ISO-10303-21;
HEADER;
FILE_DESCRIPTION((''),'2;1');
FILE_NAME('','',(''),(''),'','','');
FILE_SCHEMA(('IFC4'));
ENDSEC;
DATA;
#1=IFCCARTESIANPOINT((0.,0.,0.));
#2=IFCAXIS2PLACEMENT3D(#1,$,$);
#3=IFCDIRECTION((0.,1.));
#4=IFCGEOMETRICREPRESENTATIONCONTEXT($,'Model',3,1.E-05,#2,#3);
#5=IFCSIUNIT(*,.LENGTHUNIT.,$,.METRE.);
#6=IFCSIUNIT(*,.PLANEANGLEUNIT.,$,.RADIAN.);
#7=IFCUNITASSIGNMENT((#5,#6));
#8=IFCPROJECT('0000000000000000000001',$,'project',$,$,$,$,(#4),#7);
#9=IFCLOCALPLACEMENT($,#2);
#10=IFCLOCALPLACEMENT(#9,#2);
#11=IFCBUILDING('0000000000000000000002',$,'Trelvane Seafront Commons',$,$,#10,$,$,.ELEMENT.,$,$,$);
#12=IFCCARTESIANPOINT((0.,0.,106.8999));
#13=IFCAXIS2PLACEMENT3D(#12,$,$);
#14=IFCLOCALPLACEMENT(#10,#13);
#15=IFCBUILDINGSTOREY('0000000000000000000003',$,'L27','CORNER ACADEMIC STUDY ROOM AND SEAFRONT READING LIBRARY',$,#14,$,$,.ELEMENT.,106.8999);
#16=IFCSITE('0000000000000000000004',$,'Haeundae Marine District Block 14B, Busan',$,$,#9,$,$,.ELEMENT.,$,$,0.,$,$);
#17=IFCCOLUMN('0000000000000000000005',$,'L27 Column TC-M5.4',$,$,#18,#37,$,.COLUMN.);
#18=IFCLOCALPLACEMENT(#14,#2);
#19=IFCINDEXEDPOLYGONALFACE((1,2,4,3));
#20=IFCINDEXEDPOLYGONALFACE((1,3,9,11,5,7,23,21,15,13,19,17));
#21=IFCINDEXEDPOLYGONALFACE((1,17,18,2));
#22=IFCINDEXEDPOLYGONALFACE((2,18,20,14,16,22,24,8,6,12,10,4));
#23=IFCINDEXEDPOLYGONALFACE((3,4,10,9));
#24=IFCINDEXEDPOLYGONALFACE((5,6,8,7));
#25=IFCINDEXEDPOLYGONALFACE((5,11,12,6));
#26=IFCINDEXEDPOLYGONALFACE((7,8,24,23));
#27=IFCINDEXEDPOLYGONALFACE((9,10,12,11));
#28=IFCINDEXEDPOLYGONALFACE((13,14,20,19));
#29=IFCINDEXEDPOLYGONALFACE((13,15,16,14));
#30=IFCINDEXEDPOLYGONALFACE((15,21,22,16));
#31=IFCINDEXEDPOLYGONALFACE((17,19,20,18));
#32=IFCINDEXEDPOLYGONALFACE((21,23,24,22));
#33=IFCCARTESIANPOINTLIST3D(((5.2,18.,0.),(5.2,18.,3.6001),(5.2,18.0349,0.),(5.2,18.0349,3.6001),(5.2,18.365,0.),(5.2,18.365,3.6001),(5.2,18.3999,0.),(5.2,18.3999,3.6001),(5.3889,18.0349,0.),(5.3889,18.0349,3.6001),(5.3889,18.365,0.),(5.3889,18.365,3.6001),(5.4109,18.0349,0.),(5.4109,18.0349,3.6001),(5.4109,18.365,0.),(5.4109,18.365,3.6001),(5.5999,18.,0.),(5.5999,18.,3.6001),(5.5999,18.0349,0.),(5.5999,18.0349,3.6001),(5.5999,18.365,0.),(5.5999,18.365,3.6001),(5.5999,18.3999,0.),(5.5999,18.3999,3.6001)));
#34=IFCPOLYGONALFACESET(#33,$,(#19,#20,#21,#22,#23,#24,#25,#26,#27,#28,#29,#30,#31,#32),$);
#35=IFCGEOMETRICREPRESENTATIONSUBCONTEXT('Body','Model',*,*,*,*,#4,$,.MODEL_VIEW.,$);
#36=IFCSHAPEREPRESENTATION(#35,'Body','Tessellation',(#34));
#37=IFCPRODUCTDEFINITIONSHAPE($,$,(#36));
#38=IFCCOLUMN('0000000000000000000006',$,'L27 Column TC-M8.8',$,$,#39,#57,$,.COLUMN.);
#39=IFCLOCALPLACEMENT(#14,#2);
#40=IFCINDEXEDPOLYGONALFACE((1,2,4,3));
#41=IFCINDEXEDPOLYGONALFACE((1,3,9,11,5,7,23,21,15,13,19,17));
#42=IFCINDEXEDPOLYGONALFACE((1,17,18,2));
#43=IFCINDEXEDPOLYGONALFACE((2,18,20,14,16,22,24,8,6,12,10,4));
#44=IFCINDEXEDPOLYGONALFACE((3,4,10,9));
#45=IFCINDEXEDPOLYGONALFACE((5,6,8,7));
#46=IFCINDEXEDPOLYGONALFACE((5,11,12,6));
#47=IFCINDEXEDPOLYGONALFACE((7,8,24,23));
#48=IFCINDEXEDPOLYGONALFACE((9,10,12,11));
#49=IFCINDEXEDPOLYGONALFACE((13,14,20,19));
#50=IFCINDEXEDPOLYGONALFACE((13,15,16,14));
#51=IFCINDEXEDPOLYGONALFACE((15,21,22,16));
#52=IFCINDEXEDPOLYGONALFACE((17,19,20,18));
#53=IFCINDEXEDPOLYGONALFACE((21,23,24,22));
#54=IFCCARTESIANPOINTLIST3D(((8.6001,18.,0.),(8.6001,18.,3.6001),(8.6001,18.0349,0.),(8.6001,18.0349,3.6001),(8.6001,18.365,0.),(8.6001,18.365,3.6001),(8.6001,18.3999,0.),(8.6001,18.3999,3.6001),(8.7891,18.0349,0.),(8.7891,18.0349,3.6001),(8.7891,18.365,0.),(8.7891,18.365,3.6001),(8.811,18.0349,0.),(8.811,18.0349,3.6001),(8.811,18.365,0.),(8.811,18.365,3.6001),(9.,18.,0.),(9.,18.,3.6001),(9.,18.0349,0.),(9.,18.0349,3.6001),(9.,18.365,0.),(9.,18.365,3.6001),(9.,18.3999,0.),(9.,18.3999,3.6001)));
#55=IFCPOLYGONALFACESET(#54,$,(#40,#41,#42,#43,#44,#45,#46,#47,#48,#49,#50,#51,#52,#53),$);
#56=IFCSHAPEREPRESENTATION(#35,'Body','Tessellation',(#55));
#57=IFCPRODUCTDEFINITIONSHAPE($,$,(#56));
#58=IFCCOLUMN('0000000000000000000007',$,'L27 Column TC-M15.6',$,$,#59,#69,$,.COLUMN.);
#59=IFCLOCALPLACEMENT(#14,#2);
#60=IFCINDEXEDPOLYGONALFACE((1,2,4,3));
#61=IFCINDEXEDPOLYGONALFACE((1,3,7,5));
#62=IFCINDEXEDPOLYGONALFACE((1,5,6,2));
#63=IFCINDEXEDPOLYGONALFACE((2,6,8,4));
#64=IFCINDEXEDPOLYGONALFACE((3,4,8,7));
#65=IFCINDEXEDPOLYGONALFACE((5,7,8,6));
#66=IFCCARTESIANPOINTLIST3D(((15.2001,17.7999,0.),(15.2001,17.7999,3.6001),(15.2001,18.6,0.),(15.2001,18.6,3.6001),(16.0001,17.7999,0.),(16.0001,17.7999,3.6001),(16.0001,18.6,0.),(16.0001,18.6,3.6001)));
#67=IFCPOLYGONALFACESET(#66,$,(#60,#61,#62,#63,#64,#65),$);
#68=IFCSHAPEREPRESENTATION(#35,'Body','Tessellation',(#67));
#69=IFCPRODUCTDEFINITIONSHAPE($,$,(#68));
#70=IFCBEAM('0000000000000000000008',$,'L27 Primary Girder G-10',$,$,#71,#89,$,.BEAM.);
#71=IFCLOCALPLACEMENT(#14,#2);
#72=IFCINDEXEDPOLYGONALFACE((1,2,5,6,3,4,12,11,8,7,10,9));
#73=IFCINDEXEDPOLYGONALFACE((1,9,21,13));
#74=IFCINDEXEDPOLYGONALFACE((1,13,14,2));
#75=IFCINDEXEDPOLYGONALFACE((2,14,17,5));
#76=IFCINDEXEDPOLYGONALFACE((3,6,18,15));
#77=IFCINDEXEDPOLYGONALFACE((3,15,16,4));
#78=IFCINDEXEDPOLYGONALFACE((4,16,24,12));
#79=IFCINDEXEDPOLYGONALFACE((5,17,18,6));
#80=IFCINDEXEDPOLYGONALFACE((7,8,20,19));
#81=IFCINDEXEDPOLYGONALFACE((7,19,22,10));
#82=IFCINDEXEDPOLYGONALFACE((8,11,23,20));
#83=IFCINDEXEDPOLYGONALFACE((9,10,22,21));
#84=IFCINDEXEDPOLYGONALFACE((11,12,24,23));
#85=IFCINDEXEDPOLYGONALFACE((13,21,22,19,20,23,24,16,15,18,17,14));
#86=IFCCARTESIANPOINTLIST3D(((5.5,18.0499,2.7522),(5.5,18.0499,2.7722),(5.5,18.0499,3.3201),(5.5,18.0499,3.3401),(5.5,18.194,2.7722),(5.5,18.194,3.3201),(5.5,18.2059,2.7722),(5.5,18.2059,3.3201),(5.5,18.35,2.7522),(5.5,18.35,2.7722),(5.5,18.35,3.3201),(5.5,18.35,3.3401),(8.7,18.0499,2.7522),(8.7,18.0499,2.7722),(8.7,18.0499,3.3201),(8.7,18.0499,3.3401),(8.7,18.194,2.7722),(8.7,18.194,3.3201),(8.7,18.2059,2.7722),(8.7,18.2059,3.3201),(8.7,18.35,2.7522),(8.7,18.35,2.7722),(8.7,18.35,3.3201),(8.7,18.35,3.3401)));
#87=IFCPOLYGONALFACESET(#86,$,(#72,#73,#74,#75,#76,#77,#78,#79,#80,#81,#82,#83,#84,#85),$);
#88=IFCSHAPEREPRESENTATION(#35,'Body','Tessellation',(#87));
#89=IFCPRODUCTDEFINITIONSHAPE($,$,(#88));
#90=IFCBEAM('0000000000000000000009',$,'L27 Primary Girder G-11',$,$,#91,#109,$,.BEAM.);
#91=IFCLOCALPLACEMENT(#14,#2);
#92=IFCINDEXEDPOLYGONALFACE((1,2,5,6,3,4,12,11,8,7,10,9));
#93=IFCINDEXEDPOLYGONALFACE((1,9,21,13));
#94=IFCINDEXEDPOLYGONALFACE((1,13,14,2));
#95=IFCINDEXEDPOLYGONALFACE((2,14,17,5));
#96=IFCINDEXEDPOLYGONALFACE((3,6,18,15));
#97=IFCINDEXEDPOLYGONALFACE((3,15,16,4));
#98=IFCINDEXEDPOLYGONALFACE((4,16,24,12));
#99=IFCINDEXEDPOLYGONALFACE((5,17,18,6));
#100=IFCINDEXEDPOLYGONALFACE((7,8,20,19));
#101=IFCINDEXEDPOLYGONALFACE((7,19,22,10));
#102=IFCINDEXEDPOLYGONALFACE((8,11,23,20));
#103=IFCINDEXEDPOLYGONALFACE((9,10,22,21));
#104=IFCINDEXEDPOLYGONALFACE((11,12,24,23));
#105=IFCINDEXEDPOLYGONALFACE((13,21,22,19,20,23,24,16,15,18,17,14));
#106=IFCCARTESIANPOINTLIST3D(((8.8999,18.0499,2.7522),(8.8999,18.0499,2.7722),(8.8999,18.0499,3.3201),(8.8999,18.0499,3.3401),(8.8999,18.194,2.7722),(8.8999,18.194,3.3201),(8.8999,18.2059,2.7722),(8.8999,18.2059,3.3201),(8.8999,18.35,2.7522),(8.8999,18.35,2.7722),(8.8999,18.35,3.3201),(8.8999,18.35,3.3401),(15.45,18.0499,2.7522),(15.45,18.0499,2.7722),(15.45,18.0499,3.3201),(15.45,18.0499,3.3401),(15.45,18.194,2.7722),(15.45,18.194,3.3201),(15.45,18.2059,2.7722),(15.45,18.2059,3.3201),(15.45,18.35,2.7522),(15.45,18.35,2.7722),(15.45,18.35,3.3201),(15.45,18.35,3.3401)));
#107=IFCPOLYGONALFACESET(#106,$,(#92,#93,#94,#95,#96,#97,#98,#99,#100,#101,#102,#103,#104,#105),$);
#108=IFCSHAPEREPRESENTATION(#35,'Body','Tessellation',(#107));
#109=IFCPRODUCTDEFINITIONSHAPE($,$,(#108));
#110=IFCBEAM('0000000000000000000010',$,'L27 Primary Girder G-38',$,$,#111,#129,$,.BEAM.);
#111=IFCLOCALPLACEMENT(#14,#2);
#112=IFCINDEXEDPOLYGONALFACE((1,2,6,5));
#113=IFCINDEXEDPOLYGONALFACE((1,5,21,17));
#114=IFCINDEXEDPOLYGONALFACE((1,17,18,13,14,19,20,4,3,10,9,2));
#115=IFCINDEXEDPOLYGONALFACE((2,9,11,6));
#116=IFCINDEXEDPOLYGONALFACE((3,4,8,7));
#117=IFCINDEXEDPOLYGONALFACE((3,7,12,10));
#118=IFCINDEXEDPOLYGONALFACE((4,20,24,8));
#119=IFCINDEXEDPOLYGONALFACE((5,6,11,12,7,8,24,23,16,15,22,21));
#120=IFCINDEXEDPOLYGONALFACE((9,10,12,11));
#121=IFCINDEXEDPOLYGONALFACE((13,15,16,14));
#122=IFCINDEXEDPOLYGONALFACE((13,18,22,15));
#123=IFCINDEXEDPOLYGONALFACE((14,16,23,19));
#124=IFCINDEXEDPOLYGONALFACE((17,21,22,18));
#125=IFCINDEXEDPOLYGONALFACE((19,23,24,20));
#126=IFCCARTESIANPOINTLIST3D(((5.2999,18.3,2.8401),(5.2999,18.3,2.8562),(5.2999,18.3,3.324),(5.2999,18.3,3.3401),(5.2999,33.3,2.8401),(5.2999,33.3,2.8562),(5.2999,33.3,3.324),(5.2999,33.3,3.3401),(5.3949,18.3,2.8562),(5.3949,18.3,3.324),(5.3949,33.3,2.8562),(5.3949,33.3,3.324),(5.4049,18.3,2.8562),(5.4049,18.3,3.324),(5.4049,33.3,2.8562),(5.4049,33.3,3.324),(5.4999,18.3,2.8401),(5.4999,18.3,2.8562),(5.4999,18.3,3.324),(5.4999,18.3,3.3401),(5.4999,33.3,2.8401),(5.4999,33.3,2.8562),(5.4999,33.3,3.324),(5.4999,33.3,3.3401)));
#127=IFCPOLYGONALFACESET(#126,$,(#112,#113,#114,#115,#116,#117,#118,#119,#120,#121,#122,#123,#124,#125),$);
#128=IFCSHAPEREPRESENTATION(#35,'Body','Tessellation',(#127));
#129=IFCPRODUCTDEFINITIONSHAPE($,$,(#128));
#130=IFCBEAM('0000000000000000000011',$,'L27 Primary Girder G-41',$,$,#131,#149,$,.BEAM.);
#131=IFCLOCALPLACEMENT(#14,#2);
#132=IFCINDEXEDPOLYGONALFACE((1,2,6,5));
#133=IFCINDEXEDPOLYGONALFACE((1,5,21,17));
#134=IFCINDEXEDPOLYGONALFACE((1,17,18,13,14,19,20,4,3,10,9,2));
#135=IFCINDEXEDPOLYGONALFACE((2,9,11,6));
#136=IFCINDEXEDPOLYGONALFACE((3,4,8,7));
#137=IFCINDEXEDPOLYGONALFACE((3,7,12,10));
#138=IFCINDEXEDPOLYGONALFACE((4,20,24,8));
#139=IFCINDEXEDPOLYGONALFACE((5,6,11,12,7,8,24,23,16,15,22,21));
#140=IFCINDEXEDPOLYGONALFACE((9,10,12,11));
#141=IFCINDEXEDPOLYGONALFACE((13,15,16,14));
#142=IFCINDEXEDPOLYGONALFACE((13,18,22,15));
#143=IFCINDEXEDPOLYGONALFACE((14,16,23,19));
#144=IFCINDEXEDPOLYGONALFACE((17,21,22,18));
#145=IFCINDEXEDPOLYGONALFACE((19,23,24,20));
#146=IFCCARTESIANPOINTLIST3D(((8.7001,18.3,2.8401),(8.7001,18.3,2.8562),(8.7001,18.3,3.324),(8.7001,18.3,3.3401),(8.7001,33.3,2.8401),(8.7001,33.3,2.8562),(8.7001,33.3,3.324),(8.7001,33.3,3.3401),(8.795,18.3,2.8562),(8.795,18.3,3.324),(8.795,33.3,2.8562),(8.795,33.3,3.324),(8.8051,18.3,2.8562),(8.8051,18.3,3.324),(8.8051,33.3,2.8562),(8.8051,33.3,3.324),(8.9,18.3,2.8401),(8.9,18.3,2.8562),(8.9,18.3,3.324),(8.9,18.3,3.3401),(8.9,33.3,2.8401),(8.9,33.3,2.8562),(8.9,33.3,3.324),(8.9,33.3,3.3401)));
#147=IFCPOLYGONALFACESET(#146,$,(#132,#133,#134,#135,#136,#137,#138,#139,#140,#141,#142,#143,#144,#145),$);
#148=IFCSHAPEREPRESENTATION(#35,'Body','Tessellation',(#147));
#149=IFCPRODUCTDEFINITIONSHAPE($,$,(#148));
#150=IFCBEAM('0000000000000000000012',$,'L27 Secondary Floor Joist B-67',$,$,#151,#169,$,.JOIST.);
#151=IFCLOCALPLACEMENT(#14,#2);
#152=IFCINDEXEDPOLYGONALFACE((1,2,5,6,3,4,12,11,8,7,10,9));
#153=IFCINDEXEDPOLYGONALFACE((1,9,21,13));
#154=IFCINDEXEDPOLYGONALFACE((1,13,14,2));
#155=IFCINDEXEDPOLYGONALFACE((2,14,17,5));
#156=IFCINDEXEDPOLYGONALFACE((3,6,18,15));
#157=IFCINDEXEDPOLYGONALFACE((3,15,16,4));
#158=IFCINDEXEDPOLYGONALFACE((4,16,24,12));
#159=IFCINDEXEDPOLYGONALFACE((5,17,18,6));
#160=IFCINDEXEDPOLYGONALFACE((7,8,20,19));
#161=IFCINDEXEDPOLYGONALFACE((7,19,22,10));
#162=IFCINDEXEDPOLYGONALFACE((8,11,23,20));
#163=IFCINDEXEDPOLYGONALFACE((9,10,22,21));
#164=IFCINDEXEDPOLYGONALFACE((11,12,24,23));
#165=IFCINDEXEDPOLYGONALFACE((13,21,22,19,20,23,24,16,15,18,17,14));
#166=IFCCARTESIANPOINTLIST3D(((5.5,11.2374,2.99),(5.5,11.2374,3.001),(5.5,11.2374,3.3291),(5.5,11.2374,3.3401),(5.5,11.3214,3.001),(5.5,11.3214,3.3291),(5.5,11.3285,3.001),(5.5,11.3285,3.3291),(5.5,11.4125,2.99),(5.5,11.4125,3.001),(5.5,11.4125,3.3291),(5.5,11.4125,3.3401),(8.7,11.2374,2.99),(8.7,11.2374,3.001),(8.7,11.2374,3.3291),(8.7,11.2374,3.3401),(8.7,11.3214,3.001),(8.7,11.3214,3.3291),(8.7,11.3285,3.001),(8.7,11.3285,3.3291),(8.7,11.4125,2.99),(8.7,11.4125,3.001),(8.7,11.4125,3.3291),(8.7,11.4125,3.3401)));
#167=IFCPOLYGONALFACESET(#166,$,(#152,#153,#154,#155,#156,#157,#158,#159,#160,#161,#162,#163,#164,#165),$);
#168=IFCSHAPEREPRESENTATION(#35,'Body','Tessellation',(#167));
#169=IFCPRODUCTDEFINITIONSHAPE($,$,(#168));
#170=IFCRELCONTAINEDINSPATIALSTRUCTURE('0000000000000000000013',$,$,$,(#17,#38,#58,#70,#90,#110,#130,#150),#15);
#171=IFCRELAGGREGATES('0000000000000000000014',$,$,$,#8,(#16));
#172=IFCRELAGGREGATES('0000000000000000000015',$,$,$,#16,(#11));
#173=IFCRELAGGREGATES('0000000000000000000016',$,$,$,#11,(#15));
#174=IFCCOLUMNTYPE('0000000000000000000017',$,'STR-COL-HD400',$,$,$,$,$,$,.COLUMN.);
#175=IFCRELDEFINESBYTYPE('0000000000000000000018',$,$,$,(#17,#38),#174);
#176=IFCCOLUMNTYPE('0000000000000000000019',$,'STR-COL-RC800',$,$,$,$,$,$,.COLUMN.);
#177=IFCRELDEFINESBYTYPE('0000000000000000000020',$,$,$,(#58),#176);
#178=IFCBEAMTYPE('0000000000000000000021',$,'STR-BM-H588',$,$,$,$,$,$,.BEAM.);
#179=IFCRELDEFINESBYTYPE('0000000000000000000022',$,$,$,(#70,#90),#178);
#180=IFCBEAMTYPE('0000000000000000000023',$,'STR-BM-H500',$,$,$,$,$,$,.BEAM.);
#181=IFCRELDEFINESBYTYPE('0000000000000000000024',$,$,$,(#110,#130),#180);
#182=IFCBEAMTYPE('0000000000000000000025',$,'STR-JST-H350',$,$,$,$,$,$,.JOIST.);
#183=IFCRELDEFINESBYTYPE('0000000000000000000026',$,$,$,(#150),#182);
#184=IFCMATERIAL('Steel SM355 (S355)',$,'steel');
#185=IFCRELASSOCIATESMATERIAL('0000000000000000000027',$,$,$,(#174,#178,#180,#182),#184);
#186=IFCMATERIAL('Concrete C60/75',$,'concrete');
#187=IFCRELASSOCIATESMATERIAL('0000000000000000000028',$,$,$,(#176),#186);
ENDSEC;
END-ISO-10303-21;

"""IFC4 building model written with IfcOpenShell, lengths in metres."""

from ifc_helpers import new_model, si_unit, direction, frame, origin, origin_2d, place, context, subcontext, project, spatial, rectangle, i_section, extrude, source, transform, mapped, material, material_profile, profile_set, type_object, element, save


model = new_model("IFC4")

# Units and contexts
model_context = context("Model", 3, precision=1e-05, world=origin(), true_north=direction((0.0, 1.0)))
body_context = subcontext(model_context, "Body", "Model", "MODEL_VIEW")
ifc_project = project(units=[si_unit("LENGTHUNIT", "METRE"), si_unit("PLANEANGLEUNIT", "RADIAN")], contexts=[model_context])

# Site, building, storey
site_placement = place(None, origin())
site = spatial("IfcSite", under=ifc_project, at=site_placement, Name="Haeundae Marine District Block 14B, Busan", CompositionType="ELEMENT", RefElevation=0.0)
building_placement = place(site_placement, origin())
building = spatial("IfcBuilding", under=site, at=building_placement, Name="Trelvane Seafront Commons", CompositionType="ELEMENT")
storey_placement = place(building_placement, frame((0.0, 0.0, 106.8999)))
storey = spatial("IfcBuildingStorey", under=building, at=storey_placement, Name="L27", Description="CORNER ACADEMIC STUDY ROOM AND SEAFRONT READING LIBRARY", CompositionType="ELEMENT", Elevation=106.8999)

# Columns
ifc_material_1 = material(Name="Steel SM355 (S355)", Category="steel")
ifc_material_profile_1 = material_profile(ifc_material_1, i_section(OverallWidth=0.3999, OverallDepth=0.3999, WebThickness=0.022, FlangeThickness=0.0349, at=origin_2d()), Name="HD-400x400x22x35")
ifc_profile_set_1 = profile_set([ifc_material_profile_1], Name="Steel SM355 (S355)")
column_type_1 = type_object("IfcColumnType", Name="STR-COL-HD400", PredefinedType="COLUMN", material=ifc_profile_set_1)
shared_shape_1 = source(origin(), body_context, "Body", "SweptSolid", [
    extrude(i_section(OverallWidth=0.3999, OverallDepth=0.3999, WebThickness=0.022, FlangeThickness=0.0349, at=origin_2d()), origin(), (0.0, 0.0, 1.0), 3.6001),
])
for number, where, z_axis, x_axis, name in (
    (1, (5.3999, 18.2, 0.0), (0.0, 0.0, 1.0), (1.0, 0.0, 0.0), "L27 Column TC-M5.4"),
    (2, (8.8, 18.2, 0.0), (0.0, 0.0, 1.0), (1.0, 0.0, 0.0), "L27 Column TC-M8.8"),
):
    element("IfcColumn", number, at=place(storey_placement, frame(where, z_axis=z_axis, x_axis=x_axis)), inside=storey, type_object=column_type_1, Name=name, PredefinedType="COLUMN", context=body_context, shape_type="MappedRepresentation", body=[
        mapped(shared_shape_1, transform((0.0, 0.0, 0.0), x_axis=(1.0, 0.0, 0.0), y_axis=(0.0, 1.0, 0.0), z_axis=(0.0, 0.0, 1.0), scale=1.0)),
    ])
ifc_material_2 = material(Name="Concrete C60/75", Category="concrete")
ifc_material_profile_2 = material_profile(ifc_material_2, rectangle(XDim=0.8, YDim=0.8, at=origin_2d()), Name="RC-800x800")
ifc_profile_set_2 = profile_set([ifc_material_profile_2], Name="Concrete C60/75")
column_type_2 = type_object("IfcColumnType", Name="STR-COL-RC800", PredefinedType="COLUMN", material=ifc_profile_set_2)
shared_shape_2 = source(origin(), body_context, "Body", "SweptSolid", [
    extrude(rectangle(XDim=0.8, YDim=0.8, at=origin_2d()), origin(), (0.0, 0.0, 1.0), 3.6001),
])
column_placement = place(storey_placement, frame((15.6001, 18.2, 0.0), z_axis=(0.0, 0.0, 1.0), x_axis=(1.0, 0.0, 0.0)))
element("IfcColumn", 3, at=column_placement, inside=storey, type_object=column_type_2, Name="L27 Column TC-M15.6", PredefinedType="COLUMN", context=body_context, shape_type="MappedRepresentation", body=[
    mapped(shared_shape_2, transform((0.0, 0.0, 0.0), x_axis=(1.0, 0.0, 0.0), y_axis=(0.0, 1.0, 0.0), z_axis=(0.0, 0.0, 1.0), scale=1.0)),
])

# Beams
ifc_material_profile_3 = material_profile(ifc_material_1, i_section(OverallWidth=0.3, OverallDepth=0.5879, WebThickness=0.012, FlangeThickness=0.02, at=origin_2d()), Name="H-588x300x12x20")
ifc_profile_set_3 = profile_set([ifc_material_profile_3], Name="Steel SM355 (S355)")
beam_type_1 = type_object("IfcBeamType", Name="STR-BM-H588", PredefinedType="BEAM", material=ifc_profile_set_3)
shared_shape_3 = source(origin(), body_context, "Body", "SweptSolid", [
    extrude(i_section(OverallWidth=0.3, OverallDepth=0.5879, WebThickness=0.012, FlangeThickness=0.02, at=origin_2d()), origin(), (0.0, 0.0, 1.0), 3.2),
])
beam_1_placement = place(storey_placement, frame((5.5, 18.2, 3.0461), z_axis=(1.0, 0.0, 0.0), x_axis=(0.0, 1.0, 0.0)))
element("IfcBeam", 4, at=beam_1_placement, inside=storey, type_object=beam_type_1, Name="L27 Primary Girder G-10", PredefinedType="BEAM", context=body_context, shape_type="MappedRepresentation", body=[
    mapped(shared_shape_3, transform((0.0, 0.0, 0.0), x_axis=(1.0, 0.0, 0.0), y_axis=(0.0, 1.0, 0.0), z_axis=(0.0, 0.0, 1.0), scale=1.0)),
])
shared_shape_4 = source(origin(), body_context, "Body", "SweptSolid", [
    extrude(i_section(OverallWidth=0.3, OverallDepth=0.5879, WebThickness=0.012, FlangeThickness=0.02, at=origin_2d()), origin(), (0.0, 0.0, 1.0), 6.55),
])
beam_2_placement = place(storey_placement, frame((8.8999, 18.2, 3.0461), z_axis=(1.0, 0.0, 0.0), x_axis=(0.0, 1.0, 0.0)))
element("IfcBeam", 5, at=beam_2_placement, inside=storey, type_object=beam_type_1, Name="L27 Primary Girder G-11", PredefinedType="BEAM", context=body_context, shape_type="MappedRepresentation", body=[
    mapped(shared_shape_4, transform((0.0, 0.0, 0.0), x_axis=(1.0, 0.0, 0.0), y_axis=(0.0, 1.0, 0.0), z_axis=(0.0, 0.0, 1.0), scale=1.0)),
])
ifc_material_profile_4 = material_profile(ifc_material_1, i_section(OverallWidth=0.2, OverallDepth=0.5, WebThickness=0.01, FlangeThickness=0.0161, at=origin_2d()), Name="H-500x200x10x16")
ifc_profile_set_4 = profile_set([ifc_material_profile_4], Name="Steel SM355 (S355)")
beam_type_2 = type_object("IfcBeamType", Name="STR-BM-H500", PredefinedType="BEAM", material=ifc_profile_set_4)
shared_shape_5 = source(origin(), body_context, "Body", "SweptSolid", [
    extrude(i_section(OverallWidth=0.2, OverallDepth=0.5, WebThickness=0.01, FlangeThickness=0.0161, at=origin_2d()), origin(), (0.0, 0.0, 1.0), 15.0),
])
for number, where, z_axis, x_axis, name in (
    (6, (5.3999, 18.3, 3.0901), (0.0, 1.0, 0.0), (-1.0, 0.0, 0.0), "L27 Primary Girder G-38"),
    (7, (8.8, 18.3, 3.0901), (0.0, 1.0, 0.0), (-1.0, 0.0, 0.0), "L27 Primary Girder G-41"),
):
    element("IfcBeam", number, at=place(storey_placement, frame(where, z_axis=z_axis, x_axis=x_axis)), inside=storey, type_object=beam_type_2, Name=name, PredefinedType="BEAM", context=body_context, shape_type="MappedRepresentation", body=[
        mapped(shared_shape_5, transform((0.0, 0.0, 0.0), x_axis=(1.0, 0.0, 0.0), y_axis=(0.0, 1.0, 0.0), z_axis=(0.0, 0.0, 1.0), scale=1.0)),
    ])
ifc_material_profile_5 = material_profile(ifc_material_1, i_section(OverallWidth=0.175, OverallDepth=0.3501, WebThickness=0.0071, FlangeThickness=0.011, at=origin_2d()), Name="H-350x175x7x11")
ifc_profile_set_5 = profile_set([ifc_material_profile_5], Name="Steel SM355 (S355)")
beam_type_3 = type_object("IfcBeamType", Name="STR-JST-H350", PredefinedType="JOIST", material=ifc_profile_set_5)
shared_shape_6 = source(origin(), body_context, "Body", "SweptSolid", [
    extrude(i_section(OverallWidth=0.175, OverallDepth=0.3501, WebThickness=0.0071, FlangeThickness=0.011, at=origin_2d()), origin(), (0.0, 0.0, 1.0), 3.2),
])
beam_3_placement = place(storey_placement, frame((5.5, 11.325, 3.165), z_axis=(1.0, 0.0, 0.0), x_axis=(0.0, 1.0, 0.0)))
element("IfcBeam", 8, at=beam_3_placement, inside=storey, type_object=beam_type_3, Name="L27 Secondary Floor Joist B-67", PredefinedType="JOIST", context=body_context, shape_type="MappedRepresentation", body=[
    mapped(shared_shape_6, transform((0.0, 0.0, 0.0), x_axis=(1.0, 0.0, 0.0), y_axis=(0.0, 1.0, 0.0), z_axis=(0.0, 0.0, 1.0), scale=1.0)),
])

save(model, "model.ifc")
